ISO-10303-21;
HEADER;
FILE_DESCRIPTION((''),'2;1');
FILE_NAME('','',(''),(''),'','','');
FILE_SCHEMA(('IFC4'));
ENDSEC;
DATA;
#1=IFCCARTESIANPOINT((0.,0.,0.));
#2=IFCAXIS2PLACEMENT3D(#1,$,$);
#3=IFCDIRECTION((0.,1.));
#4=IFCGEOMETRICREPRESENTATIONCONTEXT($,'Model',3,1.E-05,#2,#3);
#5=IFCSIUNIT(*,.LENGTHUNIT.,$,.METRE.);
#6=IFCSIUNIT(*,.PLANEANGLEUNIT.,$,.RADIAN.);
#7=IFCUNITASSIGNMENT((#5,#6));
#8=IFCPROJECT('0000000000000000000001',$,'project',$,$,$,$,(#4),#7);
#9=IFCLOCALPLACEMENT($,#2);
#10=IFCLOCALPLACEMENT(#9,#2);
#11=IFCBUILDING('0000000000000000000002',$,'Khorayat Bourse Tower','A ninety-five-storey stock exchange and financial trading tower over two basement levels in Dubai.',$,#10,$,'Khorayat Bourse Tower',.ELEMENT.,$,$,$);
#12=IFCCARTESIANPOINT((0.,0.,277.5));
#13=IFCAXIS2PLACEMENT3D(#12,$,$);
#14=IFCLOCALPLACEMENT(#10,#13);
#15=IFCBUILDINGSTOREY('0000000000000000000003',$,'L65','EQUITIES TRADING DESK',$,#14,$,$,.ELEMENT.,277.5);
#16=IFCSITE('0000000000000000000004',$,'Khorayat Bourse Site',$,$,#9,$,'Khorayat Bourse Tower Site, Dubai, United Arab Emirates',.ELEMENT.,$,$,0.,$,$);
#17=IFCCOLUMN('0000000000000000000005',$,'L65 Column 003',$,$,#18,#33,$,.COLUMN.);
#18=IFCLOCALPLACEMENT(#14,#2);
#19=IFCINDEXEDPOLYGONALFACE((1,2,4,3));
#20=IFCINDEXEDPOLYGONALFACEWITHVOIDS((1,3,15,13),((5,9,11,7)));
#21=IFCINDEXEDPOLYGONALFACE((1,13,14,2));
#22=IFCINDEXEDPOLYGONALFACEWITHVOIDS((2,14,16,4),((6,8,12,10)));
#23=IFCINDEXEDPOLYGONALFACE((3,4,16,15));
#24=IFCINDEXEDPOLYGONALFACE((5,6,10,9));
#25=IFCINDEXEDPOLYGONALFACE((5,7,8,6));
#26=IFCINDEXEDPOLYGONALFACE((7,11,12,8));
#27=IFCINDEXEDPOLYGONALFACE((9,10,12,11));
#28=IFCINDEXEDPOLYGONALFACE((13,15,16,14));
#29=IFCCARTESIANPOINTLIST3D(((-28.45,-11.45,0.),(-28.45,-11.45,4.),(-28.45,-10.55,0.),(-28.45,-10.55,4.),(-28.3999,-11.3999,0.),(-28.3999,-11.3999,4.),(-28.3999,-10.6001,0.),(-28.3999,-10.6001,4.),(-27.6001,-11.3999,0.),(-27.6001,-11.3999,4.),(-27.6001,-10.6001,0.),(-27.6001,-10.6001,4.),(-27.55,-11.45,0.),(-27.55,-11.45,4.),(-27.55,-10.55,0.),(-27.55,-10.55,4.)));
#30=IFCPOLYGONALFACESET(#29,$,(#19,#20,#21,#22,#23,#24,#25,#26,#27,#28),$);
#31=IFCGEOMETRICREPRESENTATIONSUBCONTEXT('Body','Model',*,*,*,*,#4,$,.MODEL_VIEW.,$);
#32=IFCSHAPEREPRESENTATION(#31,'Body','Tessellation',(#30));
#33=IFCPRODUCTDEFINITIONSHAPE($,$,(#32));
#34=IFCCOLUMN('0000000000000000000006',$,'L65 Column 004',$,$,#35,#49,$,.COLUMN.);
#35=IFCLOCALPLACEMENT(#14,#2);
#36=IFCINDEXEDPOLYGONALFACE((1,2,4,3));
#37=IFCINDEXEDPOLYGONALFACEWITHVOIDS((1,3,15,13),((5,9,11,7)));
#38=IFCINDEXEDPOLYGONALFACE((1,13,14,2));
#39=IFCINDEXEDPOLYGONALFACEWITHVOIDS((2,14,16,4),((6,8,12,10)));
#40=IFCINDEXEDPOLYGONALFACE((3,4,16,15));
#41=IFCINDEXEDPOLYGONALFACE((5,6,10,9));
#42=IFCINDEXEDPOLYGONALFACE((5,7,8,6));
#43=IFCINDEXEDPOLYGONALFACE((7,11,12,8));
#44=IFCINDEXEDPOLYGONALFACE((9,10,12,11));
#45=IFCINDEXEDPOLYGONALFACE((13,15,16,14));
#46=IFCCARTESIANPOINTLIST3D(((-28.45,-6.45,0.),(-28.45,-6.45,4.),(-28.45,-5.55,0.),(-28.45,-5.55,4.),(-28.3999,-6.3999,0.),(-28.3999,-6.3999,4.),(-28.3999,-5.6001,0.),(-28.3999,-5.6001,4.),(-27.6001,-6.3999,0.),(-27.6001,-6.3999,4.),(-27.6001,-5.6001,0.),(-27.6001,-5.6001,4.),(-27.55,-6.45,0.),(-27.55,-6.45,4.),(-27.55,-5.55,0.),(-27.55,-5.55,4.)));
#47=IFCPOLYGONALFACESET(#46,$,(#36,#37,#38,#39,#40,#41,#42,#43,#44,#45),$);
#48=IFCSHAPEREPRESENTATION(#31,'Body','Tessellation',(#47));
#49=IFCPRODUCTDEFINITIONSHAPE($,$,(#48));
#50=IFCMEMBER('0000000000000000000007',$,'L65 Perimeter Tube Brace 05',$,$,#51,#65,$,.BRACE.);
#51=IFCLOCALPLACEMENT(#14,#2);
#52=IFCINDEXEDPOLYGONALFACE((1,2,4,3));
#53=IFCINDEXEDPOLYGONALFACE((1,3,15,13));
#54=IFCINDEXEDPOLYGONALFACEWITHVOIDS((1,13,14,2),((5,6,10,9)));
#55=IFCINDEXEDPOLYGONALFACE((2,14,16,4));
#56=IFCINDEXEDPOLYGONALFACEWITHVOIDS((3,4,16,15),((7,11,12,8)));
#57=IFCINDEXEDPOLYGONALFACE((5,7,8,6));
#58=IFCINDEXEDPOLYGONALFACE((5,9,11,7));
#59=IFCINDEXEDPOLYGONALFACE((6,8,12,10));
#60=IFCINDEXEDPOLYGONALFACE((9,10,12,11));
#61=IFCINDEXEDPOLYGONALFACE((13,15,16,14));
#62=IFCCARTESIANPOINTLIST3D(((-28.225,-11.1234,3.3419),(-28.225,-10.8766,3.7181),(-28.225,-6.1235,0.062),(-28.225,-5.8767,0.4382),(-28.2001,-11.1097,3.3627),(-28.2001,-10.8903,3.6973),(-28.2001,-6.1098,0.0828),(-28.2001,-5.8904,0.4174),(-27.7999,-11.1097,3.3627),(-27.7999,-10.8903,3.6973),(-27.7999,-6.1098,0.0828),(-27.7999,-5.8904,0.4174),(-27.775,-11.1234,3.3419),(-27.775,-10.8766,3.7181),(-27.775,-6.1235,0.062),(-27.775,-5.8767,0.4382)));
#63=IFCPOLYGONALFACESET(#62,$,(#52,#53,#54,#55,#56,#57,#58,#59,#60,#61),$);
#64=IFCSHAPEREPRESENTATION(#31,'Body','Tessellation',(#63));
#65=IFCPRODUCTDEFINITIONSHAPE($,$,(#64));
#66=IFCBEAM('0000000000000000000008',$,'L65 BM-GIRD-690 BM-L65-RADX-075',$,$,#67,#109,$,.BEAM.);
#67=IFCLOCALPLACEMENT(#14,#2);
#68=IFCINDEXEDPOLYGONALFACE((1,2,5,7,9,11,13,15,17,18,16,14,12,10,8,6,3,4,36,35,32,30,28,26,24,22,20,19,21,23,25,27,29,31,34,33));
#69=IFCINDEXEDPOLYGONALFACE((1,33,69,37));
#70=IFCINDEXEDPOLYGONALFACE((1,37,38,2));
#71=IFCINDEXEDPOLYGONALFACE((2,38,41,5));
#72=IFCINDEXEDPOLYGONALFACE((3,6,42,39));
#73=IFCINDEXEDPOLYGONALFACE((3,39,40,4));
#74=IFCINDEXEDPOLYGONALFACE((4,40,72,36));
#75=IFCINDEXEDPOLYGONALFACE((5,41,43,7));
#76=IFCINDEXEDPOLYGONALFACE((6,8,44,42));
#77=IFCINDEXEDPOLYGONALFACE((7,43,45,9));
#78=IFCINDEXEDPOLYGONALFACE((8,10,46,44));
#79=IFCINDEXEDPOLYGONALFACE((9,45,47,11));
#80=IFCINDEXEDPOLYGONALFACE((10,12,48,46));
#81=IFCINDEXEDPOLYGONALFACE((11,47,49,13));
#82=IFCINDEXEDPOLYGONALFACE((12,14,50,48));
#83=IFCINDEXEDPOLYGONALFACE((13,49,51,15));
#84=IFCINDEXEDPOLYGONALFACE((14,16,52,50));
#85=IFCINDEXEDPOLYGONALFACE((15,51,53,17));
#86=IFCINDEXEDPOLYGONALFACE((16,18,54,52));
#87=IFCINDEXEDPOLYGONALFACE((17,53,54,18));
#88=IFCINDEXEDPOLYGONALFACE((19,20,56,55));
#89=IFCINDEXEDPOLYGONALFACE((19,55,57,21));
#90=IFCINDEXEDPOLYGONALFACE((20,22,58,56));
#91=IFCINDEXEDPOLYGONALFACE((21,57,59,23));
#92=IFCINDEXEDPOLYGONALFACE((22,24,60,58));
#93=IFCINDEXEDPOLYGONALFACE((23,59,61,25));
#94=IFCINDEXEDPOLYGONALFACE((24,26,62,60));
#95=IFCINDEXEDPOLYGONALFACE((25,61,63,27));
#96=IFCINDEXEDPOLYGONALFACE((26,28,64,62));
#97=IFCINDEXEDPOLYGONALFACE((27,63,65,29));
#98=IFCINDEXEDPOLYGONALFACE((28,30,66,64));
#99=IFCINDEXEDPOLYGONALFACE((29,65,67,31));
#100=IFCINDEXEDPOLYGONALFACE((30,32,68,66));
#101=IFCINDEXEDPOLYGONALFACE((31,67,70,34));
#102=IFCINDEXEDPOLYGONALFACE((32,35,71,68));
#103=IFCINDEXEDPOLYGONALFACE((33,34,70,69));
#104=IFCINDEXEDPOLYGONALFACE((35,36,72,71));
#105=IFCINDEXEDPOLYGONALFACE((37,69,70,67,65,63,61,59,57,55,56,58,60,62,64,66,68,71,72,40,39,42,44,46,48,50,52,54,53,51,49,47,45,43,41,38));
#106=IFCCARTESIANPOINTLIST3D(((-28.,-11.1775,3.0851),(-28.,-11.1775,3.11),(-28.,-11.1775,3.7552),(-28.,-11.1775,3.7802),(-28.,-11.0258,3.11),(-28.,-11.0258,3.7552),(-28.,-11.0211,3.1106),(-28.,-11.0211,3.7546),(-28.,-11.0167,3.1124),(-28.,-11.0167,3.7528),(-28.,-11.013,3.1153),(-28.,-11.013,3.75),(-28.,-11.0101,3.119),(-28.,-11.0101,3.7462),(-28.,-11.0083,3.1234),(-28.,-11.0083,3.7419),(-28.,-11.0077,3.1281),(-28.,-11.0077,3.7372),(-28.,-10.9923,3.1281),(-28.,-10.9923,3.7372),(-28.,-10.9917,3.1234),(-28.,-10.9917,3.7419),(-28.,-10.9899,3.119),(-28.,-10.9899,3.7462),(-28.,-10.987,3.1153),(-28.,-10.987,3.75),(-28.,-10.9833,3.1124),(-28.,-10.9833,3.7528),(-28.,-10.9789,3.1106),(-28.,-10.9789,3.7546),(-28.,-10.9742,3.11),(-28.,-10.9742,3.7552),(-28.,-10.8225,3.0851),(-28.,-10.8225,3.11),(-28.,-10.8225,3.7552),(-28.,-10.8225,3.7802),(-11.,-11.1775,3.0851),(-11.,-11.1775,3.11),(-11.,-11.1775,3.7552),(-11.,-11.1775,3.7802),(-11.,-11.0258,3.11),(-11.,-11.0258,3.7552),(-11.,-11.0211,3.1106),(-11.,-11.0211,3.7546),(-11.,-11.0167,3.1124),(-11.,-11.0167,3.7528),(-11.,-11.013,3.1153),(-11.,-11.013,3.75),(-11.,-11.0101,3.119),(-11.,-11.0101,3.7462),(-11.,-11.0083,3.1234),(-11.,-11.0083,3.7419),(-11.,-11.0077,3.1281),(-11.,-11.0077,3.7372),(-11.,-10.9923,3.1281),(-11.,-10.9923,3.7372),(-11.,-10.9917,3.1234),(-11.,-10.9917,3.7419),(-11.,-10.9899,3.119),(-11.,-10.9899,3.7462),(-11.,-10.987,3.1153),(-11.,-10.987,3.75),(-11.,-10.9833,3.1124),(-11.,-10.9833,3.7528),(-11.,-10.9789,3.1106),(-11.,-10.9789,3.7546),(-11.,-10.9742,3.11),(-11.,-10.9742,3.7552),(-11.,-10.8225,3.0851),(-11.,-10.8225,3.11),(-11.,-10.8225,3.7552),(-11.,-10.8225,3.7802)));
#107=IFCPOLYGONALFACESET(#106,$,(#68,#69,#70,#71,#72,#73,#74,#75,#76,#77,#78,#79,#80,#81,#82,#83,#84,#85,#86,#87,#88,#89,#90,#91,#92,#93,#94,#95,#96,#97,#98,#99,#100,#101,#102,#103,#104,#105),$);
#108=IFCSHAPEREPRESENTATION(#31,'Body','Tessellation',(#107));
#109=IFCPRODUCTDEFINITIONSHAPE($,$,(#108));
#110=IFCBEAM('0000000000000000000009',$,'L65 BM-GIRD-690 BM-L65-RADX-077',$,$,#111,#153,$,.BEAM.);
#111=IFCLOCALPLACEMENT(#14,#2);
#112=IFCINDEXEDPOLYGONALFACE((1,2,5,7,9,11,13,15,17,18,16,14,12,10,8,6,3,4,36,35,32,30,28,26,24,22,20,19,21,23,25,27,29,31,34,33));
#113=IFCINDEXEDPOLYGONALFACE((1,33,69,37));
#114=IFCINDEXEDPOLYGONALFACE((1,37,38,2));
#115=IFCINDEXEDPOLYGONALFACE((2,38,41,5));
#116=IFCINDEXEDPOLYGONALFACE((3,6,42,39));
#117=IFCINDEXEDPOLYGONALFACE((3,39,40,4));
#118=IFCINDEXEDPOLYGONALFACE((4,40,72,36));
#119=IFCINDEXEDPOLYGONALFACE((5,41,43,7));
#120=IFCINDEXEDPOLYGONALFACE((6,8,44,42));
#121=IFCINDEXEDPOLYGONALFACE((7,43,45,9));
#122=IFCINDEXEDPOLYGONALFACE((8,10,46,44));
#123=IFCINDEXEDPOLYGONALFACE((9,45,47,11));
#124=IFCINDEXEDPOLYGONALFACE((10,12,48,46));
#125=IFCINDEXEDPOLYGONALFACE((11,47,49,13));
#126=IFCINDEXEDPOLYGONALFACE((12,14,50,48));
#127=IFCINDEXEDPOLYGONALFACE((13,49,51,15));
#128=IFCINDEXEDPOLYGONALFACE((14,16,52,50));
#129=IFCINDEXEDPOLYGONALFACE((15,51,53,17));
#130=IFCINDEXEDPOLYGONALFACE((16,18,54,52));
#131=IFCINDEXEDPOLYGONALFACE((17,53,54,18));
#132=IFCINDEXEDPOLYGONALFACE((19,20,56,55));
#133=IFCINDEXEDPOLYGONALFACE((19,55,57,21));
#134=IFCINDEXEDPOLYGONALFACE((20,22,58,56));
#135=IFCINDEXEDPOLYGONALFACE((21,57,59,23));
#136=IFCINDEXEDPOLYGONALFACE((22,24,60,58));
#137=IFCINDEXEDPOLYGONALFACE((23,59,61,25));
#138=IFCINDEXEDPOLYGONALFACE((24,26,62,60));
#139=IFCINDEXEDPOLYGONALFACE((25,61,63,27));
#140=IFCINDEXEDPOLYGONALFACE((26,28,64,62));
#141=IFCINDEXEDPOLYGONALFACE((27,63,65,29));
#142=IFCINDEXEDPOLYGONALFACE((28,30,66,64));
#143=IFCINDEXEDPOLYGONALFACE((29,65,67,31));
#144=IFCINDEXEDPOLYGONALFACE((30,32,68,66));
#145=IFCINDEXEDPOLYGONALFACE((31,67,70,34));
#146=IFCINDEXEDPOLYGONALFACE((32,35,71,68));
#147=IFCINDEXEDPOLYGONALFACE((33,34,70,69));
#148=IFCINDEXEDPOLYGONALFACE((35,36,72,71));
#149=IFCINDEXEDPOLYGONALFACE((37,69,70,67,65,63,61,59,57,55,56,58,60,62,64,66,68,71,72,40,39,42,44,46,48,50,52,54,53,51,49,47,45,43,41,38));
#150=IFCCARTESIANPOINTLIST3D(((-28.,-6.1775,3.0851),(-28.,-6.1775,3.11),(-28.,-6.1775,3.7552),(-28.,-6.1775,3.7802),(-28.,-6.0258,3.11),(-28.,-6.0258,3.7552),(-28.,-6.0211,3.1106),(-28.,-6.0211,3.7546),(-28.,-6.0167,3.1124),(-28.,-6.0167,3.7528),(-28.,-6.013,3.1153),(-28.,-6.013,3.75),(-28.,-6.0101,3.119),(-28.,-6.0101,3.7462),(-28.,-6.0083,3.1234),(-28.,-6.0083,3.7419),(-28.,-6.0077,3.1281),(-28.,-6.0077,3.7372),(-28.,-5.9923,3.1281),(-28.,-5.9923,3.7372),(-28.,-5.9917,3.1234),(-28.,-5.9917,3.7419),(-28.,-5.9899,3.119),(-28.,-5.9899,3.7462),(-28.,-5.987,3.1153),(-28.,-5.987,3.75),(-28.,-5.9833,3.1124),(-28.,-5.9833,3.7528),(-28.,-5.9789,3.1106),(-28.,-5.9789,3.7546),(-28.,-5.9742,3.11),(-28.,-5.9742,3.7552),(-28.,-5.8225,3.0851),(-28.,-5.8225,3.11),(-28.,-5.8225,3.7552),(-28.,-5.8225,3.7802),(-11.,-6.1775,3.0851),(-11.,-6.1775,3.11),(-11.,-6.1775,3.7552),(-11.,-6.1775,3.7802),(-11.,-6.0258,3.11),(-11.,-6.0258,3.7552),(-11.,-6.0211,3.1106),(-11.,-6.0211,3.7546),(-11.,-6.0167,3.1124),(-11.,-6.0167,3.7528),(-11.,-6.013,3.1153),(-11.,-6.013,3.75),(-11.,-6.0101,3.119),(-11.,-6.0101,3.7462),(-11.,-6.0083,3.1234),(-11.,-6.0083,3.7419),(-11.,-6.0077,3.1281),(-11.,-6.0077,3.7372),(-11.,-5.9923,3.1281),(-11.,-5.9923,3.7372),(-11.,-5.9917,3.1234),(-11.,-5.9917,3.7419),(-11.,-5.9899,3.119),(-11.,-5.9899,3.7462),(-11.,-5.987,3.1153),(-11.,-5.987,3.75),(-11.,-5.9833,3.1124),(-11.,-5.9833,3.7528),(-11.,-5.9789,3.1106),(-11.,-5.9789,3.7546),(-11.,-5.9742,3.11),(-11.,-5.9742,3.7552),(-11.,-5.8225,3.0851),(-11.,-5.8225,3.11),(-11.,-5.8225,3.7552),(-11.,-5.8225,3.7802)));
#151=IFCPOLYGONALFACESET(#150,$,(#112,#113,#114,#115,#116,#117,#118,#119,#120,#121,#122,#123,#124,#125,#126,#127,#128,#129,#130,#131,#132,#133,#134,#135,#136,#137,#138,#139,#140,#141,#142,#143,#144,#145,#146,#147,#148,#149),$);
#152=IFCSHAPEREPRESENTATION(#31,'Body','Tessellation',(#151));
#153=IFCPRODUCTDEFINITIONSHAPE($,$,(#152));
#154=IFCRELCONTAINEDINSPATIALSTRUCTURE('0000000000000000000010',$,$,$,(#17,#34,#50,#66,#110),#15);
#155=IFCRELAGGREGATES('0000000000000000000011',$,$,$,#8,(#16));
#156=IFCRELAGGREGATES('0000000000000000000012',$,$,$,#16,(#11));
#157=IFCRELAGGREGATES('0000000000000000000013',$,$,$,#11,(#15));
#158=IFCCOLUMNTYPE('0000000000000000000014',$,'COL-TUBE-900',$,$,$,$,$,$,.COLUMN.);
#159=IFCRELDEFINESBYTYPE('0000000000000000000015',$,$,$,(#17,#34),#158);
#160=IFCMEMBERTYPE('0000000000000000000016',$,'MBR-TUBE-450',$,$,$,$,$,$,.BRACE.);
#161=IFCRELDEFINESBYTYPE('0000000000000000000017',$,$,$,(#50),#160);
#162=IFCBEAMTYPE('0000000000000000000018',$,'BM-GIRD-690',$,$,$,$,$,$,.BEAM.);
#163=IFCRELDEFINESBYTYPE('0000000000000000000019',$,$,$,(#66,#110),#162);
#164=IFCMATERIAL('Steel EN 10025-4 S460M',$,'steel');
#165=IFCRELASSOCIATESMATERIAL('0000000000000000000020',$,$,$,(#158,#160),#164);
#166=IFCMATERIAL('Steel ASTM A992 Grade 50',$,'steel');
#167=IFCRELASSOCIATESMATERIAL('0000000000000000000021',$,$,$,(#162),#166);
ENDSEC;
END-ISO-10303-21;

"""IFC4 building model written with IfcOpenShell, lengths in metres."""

from ifc_helpers import new_model, si_unit, direction, frame, origin, origin_2d, place, context, subcontext, project, spatial, hollow_rectangle, i_section, extrude, source, transform, mapped, material, material_profile, profile_set, type_object, element, save


model = new_model("IFC4")

# Units and contexts
model_context = context("Model", 3, precision=1e-05, world=origin(), true_north=direction((0.0, 1.0)))
body_context = subcontext(model_context, "Body", "Model", "MODEL_VIEW")
ifc_project = project(units=[si_unit("LENGTHUNIT", "METRE"), si_unit("PLANEANGLEUNIT", "RADIAN")], contexts=[model_context])

# Site, building, storey
site_placement = place(None, origin())
site = spatial("IfcSite", under=ifc_project, at=site_placement, Name="Khorayat Bourse Site", LongName="Khorayat Bourse Tower Site, Dubai, United Arab Emirates", CompositionType="ELEMENT", RefElevation=0.0)
building_placement = place(site_placement, origin())
building = spatial("IfcBuilding", under=site, at=building_placement, Name="Khorayat Bourse Tower", Description="A ninety-five-storey stock exchange and financial trading tower over two basement levels in Dubai.", LongName="Khorayat Bourse Tower", CompositionType="ELEMENT")
storey_placement = place(building_placement, frame((0.0, 0.0, 277.5)))
storey = spatial("IfcBuildingStorey", under=building, at=storey_placement, Name="L65", Description="EQUITIES TRADING DESK", CompositionType="ELEMENT", Elevation=277.5)

# Columns
ifc_material_1 = material(Name="Steel EN 10025-4 S460M", Category="steel")
ifc_material_profile_1 = material_profile(ifc_material_1, hollow_rectangle(XDim=0.8999, YDim=0.8999, WallThickness=0.05, at=origin_2d()), Name="BOX 900x900x50")
ifc_profile_set_1 = profile_set([ifc_material_profile_1], Name="Steel EN 10025-4 S460M")
column_type = type_object("IfcColumnType", Name="COL-TUBE-900", PredefinedType="COLUMN", material=ifc_profile_set_1)
shared_shape_1 = source(origin(), body_context, "Body", "SweptSolid", [
    extrude(hollow_rectangle(XDim=0.8999, YDim=0.8999, WallThickness=0.05, at=origin_2d()), origin(), (0.0, 0.0, 1.0), 4.0),
])
for number, where, z_axis, x_axis, name in (
    (1, (-28.0, -11.0, 0.0), (0.0, 0.0, 1.0), (1.0, 0.0, 0.0), "L65 Column 003"),
    (2, (-28.0, -6.0, 0.0), (0.0, 0.0, 1.0), (1.0, 0.0, 0.0), "L65 Column 004"),
):
    element("IfcColumn", number, at=place(storey_placement, frame(where, z_axis=z_axis, x_axis=x_axis)), inside=storey, type_object=column_type, Name=name, PredefinedType="COLUMN", context=body_context, shape_type="MappedRepresentation", body=[
        mapped(shared_shape_1, transform((0.0, 0.0, 0.0), scale=1.0)),
    ])

# Member
ifc_material_profile_2 = material_profile(ifc_material_1, hollow_rectangle(XDim=0.45, YDim=0.45, WallThickness=0.0249, at=origin_2d()), Name="HSS 450x450x25")
ifc_profile_set_2 = profile_set([ifc_material_profile_2], Name="Steel EN 10025-4 S460M")
member_type_1 = type_object("IfcMemberType", Name="MBR-TUBE-450", PredefinedType="BRACE", material=ifc_profile_set_2)
shared_shape_2 = source(origin(), body_context, "Body", "SweptSolid", [
    extrude(hollow_rectangle(XDim=0.45, YDim=0.45, WallThickness=0.0249, at=origin_2d()), origin(), (0.0, 0.0, 1.0), 5.9797),
])
member_1_placement = place(storey_placement, frame((-28.0, -11.0, 3.53), z_axis=(0.0, 0.836142, -0.548514), x_axis=(-1.0, 0.0, 0.0)))
element("IfcMember", 3, at=member_1_placement, inside=storey, type_object=member_type_1, Name="L65 Perimeter Tube Brace 05", PredefinedType="BRACE", context=body_context, shape_type="MappedRepresentation", body=[
    mapped(shared_shape_2, transform((0.0, 0.0, 0.0), scale=1.0)),
])

# Beams
ifc_material_2 = material(Name="Steel ASTM A992 Grade 50", Category="steel")
ifc_material_profile_3 = material_profile(ifc_material_2, i_section(OverallWidth=0.355, OverallDepth=0.6951, WebThickness=0.0154, FlangeThickness=0.0249, FilletRadius=0.0181, at=origin_2d()), Name="W690X217")
ifc_profile_set_3 = profile_set([ifc_material_profile_3], Name="Steel ASTM A992 Grade 50")
beam_type_1 = type_object("IfcBeamType", Name="BM-GIRD-690", PredefinedType="BEAM", material=ifc_profile_set_3)
shared_shape_3 = source(origin(), body_context, "Body", "SweptSolid", [
    extrude(i_section(OverallWidth=0.355, OverallDepth=0.6951, WebThickness=0.0154, FlangeThickness=0.0249, FilletRadius=0.0181, at=origin_2d()), origin(), (0.0, 0.0, 1.0), 17.0),
])
for number, where, z_axis, x_axis, name in (
    (4, (-28.0, -11.0, 3.4326), (1.0, 0.0, 0.0), (0.0, 1.0, 0.0), "L65 BM-GIRD-690 BM-L65-RADX-075"),
    (5, (-28.0, -6.0, 3.4326), (1.0, 0.0, 0.0), (0.0, 1.0, 0.0), "L65 BM-GIRD-690 BM-L65-RADX-077"),
):
    element("IfcBeam", number, at=place(storey_placement, frame(where, z_axis=z_axis, x_axis=x_axis)), inside=storey, type_object=beam_type_1, Name=name, PredefinedType="BEAM", context=body_context, shape_type="MappedRepresentation", body=[
        mapped(shared_shape_3, transform((0.0, 0.0, 0.0), scale=1.0)),
    ])

save(model, "model.ifc")
